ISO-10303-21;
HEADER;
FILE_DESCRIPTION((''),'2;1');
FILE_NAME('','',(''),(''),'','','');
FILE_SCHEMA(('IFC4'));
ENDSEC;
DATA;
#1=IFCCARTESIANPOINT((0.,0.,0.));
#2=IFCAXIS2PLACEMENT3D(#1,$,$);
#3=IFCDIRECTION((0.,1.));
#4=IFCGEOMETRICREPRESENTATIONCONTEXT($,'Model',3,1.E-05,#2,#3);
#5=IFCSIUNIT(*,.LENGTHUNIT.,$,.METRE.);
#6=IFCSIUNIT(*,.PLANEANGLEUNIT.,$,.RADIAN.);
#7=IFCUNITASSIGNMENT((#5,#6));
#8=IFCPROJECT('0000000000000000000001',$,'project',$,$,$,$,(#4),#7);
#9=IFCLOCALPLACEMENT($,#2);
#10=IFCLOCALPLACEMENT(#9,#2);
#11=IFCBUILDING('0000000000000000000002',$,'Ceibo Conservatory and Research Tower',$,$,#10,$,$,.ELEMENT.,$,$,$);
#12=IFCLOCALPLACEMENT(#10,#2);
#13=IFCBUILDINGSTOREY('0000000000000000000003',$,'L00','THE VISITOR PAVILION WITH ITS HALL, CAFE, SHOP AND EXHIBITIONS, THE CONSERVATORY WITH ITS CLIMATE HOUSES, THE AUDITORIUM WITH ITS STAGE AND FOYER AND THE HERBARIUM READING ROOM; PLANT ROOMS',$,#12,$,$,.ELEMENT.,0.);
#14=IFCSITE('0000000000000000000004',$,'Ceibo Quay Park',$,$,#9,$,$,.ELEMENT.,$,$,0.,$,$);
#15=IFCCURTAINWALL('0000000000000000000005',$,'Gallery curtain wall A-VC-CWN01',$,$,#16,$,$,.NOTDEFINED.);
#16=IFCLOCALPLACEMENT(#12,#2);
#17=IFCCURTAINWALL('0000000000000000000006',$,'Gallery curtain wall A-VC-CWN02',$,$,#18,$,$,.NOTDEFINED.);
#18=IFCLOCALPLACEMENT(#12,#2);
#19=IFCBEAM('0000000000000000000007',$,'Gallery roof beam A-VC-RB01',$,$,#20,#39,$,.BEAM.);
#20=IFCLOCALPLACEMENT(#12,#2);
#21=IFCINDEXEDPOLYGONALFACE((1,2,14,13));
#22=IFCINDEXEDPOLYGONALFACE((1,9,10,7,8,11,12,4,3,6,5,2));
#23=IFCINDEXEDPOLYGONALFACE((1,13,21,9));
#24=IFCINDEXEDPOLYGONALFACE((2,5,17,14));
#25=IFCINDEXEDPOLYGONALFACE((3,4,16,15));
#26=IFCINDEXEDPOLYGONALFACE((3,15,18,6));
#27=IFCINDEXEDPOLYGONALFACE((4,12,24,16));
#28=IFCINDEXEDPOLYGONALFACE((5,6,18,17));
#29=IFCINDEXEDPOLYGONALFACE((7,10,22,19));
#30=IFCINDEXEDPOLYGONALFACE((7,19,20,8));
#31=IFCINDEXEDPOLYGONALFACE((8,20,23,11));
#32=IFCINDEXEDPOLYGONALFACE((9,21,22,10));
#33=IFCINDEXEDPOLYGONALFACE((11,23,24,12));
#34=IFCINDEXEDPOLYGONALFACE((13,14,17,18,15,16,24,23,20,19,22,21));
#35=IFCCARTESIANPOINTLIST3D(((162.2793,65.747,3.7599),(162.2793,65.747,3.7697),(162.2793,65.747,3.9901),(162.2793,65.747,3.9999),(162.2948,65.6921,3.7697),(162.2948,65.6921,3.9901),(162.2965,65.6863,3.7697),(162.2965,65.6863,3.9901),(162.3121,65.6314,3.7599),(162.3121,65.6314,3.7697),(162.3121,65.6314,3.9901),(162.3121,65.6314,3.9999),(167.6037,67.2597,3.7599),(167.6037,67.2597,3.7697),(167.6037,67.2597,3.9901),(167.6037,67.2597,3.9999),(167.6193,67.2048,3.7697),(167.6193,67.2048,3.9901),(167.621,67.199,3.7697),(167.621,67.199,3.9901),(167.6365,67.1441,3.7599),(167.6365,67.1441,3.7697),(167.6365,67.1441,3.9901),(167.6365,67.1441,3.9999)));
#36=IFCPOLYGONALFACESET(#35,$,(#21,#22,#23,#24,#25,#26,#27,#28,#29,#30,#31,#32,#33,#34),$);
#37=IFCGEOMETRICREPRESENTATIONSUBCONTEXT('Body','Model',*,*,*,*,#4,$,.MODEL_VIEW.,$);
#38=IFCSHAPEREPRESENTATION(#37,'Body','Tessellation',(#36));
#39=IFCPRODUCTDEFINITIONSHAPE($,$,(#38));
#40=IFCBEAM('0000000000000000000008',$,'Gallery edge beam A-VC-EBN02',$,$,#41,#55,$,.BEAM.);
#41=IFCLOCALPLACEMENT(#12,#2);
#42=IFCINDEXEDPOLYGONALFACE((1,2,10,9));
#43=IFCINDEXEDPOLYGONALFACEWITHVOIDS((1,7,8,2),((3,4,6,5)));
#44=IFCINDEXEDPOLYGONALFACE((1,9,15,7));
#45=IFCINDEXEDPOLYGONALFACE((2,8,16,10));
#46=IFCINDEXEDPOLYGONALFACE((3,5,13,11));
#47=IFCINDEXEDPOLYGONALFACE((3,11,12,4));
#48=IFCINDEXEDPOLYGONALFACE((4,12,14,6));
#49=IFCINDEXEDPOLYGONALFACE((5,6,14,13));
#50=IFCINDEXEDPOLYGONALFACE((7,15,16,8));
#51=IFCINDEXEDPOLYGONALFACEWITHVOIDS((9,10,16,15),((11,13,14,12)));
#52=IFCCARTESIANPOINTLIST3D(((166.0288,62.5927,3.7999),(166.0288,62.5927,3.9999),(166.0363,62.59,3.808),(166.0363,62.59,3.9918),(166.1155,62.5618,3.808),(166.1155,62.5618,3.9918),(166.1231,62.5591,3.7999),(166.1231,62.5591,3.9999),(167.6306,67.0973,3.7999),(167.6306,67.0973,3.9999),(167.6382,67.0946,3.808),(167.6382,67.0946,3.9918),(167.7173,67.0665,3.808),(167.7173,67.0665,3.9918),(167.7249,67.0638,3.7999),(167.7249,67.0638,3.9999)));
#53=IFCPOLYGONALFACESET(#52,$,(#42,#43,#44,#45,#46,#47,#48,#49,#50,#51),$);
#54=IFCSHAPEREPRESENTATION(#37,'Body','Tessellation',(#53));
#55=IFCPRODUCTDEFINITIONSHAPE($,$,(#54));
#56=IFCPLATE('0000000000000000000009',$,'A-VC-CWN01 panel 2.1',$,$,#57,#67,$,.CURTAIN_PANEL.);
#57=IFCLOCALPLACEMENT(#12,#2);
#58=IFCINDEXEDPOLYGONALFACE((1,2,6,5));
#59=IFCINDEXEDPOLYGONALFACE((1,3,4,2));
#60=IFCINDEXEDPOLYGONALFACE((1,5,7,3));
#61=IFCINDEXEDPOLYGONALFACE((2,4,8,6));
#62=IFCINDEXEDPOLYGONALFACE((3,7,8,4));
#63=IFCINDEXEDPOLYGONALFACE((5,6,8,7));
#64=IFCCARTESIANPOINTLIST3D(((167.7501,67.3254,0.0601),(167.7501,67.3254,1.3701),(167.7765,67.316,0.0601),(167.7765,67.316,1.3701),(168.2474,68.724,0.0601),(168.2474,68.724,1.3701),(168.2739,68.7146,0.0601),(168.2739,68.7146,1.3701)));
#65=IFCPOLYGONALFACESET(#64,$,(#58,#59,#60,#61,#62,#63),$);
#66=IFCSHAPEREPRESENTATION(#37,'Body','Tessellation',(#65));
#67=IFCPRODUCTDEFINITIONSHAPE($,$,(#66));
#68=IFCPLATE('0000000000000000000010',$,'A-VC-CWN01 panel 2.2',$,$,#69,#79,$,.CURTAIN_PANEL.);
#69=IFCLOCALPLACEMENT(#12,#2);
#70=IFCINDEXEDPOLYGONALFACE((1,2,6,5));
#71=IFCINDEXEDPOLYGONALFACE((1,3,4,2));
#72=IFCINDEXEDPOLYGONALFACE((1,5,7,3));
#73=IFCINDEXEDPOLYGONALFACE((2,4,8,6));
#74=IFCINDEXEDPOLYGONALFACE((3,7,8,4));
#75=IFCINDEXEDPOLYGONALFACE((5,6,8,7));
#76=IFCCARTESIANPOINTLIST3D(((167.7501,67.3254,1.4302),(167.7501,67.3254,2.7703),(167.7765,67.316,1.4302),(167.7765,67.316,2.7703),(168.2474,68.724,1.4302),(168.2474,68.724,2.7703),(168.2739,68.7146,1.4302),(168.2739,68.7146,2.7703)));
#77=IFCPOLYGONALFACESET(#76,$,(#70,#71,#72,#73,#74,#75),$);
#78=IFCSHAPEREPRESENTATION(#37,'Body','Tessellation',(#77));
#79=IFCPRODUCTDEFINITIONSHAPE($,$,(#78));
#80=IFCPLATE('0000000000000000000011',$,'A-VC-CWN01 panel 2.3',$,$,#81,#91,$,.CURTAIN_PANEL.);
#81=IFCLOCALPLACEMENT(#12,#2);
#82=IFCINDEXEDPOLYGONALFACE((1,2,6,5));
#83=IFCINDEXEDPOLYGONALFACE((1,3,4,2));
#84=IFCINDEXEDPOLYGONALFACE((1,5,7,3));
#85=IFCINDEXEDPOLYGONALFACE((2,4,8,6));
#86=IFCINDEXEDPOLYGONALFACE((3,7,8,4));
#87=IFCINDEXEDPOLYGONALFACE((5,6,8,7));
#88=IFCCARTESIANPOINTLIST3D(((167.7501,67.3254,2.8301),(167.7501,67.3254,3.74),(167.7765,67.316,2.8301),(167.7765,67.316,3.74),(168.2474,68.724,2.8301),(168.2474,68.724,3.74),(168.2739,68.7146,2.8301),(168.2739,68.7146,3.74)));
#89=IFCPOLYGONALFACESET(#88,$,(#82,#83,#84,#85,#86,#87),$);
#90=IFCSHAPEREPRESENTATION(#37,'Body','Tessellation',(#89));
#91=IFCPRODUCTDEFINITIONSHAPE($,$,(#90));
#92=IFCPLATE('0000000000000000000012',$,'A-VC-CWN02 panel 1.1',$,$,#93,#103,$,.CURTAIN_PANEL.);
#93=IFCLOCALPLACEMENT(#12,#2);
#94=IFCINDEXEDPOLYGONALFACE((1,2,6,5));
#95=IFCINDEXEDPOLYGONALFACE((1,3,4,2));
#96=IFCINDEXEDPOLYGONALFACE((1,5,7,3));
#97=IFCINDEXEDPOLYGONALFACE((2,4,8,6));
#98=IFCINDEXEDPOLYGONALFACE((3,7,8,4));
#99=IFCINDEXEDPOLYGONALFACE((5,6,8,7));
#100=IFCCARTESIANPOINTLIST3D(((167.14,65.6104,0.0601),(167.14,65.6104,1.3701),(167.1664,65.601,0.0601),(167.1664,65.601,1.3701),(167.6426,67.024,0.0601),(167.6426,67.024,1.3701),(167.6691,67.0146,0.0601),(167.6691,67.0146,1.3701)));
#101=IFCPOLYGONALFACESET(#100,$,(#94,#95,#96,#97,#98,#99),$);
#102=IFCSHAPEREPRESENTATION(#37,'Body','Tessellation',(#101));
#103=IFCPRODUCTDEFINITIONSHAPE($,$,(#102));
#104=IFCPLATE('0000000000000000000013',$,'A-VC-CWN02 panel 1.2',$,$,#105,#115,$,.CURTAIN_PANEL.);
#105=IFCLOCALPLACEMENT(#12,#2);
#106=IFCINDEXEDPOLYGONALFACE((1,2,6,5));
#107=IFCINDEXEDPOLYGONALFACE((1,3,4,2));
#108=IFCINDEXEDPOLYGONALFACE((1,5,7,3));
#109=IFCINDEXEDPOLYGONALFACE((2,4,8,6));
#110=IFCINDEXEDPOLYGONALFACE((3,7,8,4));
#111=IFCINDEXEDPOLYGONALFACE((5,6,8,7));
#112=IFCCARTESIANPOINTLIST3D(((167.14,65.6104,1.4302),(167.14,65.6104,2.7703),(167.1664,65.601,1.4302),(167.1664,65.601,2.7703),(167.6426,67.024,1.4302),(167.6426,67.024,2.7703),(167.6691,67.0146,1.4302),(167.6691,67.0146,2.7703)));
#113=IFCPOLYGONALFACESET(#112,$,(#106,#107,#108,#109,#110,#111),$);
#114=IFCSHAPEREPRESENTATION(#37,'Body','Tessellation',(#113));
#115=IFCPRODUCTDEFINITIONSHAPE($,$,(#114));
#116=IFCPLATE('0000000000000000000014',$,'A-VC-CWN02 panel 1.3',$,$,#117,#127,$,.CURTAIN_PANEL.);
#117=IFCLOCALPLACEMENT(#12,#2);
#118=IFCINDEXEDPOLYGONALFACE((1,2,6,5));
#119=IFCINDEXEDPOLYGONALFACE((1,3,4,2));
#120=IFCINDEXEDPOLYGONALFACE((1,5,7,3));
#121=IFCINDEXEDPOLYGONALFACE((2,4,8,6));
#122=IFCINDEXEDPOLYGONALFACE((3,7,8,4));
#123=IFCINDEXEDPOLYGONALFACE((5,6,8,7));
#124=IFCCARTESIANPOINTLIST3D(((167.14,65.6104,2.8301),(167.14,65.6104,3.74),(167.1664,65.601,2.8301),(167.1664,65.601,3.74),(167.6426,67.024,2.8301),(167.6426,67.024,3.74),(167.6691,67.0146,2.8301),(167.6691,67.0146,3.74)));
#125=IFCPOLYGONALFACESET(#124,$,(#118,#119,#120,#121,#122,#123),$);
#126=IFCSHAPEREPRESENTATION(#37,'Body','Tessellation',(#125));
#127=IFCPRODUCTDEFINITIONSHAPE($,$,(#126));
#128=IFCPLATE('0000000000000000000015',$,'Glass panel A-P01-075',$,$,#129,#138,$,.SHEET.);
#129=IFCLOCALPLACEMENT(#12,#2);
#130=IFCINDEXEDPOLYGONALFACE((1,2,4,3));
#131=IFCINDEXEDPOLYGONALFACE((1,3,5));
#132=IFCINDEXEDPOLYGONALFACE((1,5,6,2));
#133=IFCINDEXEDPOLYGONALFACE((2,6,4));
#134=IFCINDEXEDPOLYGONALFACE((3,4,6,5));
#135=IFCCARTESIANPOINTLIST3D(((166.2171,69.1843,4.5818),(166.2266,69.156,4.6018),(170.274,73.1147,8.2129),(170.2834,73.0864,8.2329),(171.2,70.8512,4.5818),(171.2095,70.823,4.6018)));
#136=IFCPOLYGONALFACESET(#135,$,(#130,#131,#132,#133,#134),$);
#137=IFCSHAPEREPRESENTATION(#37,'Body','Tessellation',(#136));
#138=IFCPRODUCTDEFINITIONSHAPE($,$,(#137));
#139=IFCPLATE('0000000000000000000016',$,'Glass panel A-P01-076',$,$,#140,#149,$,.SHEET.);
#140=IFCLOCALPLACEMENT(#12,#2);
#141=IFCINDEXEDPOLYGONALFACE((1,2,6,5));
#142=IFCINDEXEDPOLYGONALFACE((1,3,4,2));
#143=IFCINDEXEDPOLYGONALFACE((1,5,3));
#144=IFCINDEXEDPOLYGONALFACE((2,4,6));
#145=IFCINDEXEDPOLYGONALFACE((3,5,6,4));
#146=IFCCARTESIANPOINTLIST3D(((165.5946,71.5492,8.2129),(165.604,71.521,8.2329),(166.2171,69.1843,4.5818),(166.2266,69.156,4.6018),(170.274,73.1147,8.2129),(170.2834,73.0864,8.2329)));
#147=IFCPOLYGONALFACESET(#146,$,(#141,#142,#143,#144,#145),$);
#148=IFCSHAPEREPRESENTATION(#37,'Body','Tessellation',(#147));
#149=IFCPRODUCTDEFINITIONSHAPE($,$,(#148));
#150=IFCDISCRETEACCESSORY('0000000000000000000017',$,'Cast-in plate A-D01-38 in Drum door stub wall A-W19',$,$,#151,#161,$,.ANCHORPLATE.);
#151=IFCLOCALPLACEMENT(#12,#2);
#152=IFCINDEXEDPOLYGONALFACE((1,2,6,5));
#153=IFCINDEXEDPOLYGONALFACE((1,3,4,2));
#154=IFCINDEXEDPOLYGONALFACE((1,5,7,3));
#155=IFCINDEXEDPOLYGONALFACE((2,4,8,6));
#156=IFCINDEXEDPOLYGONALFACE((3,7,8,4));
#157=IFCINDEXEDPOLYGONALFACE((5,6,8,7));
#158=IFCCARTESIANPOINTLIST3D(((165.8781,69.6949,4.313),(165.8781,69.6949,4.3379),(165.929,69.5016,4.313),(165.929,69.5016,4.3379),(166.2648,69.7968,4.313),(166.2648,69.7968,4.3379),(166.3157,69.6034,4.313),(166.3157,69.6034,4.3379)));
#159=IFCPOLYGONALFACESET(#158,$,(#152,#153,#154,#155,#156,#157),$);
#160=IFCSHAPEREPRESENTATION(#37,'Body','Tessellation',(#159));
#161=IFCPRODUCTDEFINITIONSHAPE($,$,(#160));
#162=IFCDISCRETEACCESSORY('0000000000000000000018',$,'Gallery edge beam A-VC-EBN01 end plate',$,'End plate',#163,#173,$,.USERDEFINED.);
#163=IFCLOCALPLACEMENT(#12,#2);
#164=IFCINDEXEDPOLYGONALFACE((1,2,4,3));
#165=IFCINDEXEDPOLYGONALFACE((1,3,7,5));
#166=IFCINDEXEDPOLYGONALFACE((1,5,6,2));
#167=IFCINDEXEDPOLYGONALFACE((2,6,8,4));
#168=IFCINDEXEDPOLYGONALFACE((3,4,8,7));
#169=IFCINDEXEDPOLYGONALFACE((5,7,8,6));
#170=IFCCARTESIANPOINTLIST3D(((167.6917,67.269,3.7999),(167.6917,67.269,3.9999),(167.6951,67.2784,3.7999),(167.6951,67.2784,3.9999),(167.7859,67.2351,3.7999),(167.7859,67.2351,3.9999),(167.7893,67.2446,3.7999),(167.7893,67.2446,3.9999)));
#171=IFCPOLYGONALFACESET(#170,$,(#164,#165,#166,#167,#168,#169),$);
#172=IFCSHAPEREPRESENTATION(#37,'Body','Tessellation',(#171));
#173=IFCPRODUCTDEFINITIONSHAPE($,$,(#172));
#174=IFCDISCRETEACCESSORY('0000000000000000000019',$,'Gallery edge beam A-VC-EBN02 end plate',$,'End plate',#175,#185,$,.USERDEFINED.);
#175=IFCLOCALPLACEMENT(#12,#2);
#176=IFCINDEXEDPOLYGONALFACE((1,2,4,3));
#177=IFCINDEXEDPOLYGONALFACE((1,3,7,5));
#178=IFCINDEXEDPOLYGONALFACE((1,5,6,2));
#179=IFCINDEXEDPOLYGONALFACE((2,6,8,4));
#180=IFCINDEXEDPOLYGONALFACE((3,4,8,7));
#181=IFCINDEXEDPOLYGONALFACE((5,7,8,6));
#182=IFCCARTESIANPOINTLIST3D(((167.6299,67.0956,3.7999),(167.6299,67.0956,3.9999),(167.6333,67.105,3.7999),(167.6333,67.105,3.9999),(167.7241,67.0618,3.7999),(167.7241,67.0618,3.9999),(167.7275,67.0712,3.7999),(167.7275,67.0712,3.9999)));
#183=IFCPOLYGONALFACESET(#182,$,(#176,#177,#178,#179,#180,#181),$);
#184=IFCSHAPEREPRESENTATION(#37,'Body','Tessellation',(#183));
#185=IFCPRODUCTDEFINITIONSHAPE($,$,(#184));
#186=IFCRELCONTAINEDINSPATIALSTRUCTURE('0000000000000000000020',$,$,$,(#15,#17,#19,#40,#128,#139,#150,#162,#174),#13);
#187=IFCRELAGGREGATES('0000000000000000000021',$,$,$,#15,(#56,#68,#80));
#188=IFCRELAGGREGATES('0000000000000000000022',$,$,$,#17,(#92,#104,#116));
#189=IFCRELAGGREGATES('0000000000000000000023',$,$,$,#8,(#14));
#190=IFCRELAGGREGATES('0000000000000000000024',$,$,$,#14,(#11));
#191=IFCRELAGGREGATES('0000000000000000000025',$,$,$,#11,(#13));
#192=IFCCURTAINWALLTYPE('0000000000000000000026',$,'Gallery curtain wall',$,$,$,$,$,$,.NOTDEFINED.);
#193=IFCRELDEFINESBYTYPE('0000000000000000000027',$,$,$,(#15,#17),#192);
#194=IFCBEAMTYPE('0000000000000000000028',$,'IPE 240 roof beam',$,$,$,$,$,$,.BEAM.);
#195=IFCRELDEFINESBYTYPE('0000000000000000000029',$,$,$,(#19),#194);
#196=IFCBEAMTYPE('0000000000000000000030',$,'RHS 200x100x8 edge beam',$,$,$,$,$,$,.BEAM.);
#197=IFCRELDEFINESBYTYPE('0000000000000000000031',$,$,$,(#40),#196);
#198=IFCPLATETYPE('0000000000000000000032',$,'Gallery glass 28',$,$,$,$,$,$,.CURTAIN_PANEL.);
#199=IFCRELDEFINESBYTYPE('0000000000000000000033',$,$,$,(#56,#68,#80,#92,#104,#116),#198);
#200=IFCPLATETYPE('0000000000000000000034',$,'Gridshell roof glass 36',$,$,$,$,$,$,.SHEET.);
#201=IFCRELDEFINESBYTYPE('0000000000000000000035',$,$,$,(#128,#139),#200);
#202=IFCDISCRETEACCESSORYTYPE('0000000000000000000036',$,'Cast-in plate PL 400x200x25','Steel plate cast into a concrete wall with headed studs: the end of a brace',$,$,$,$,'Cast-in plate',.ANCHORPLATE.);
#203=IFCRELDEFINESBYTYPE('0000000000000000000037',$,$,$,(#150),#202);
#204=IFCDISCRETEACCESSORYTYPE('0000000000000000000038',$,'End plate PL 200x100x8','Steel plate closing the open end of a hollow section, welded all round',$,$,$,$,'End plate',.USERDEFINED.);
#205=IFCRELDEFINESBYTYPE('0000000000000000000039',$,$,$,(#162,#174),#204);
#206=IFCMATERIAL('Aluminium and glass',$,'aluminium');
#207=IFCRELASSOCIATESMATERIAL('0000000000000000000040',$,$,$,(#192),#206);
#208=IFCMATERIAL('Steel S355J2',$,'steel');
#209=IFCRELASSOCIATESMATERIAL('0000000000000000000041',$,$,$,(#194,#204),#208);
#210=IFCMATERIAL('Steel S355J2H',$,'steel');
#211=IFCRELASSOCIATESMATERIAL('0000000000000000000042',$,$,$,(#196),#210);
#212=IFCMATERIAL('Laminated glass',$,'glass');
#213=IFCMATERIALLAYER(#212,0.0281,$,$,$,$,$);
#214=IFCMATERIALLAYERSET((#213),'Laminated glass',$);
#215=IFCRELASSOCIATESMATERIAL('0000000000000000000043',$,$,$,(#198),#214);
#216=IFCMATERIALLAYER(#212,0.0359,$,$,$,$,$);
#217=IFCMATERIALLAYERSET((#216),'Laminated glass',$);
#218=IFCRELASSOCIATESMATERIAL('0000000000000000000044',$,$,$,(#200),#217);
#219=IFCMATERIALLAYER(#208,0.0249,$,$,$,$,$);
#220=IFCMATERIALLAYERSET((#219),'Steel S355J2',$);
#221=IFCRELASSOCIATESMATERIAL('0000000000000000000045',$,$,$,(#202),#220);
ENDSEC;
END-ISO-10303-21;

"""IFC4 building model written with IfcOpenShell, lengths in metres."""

from ifc_helpers import new_model, si_unit, direction, frame, origin, origin_2d, place, context, subcontext, project, spatial, polyline, rectangle, hollow_rectangle, i_section, outline, extrude, material, layer, layer_set, material_profile, profile_set, type_object, element, aggregate, save


model = new_model("IFC4")

# Units and contexts
model_context = context("Model", 3, precision=1e-05, world=origin(), true_north=direction((0.0, 1.0)))
body_context = subcontext(model_context, "Body", "Model", "MODEL_VIEW")
ifc_project = project(units=[si_unit("LENGTHUNIT", "METRE"), si_unit("PLANEANGLEUNIT", "RADIAN")], contexts=[model_context])

# Site, building, storey
site_placement = place(None, origin())
site = spatial("IfcSite", under=ifc_project, at=site_placement, Name="Ceibo Quay Park", CompositionType="ELEMENT", RefElevation=0.0)
building_placement = place(site_placement, origin())
building = spatial("IfcBuilding", under=site, at=building_placement, Name="Ceibo Conservatory and Research Tower", CompositionType="ELEMENT")
storey_placement = place(building_placement, origin())
storey = spatial("IfcBuildingStorey", under=building, at=storey_placement, Name="L00", Description="THE VISITOR PAVILION WITH ITS HALL, CAFE, SHOP AND EXHIBITIONS, THE CONSERVATORY WITH ITS CLIMATE HOUSES, THE AUDITORIUM WITH ITS STAGE AND FOYER AND THE HERBARIUM READING ROOM; PLANT ROOMS", CompositionType="ELEMENT", Elevation=0.0)

# Shared definitions
ifc_material_1 = material(Name="Steel S355J2H", Category="steel")

# Curtain wall
ifc_material_2 = material(Name="Aluminium and glass", Category="aluminium")
curtain_wall_type = type_object("IfcCurtainWallType", Name="Gallery curtain wall", PredefinedType="NOTDEFINED", material=ifc_material_2)
curtain_wall_1_placement = place(storey_placement, origin())
curtain_wall_1 = element("IfcCurtainWall", 1, at=curtain_wall_1_placement, inside=storey, type_object=curtain_wall_type, Name="Gallery curtain wall A-VC-CWN01", PredefinedType="NOTDEFINED")

# Curtain wall
curtain_wall_2_placement = place(storey_placement, origin())
curtain_wall_2 = element("IfcCurtainWall", 2, at=curtain_wall_2_placement, inside=storey, type_object=curtain_wall_type, Name="Gallery curtain wall A-VC-CWN02", PredefinedType="NOTDEFINED")

# Beams
ifc_material_3 = material(Name="Steel S355J2", Category="steel")
ifc_material_profile_1 = material_profile(ifc_material_3, i_section(OverallWidth=0.1201, OverallDepth=0.24, WebThickness=0.0061, FlangeThickness=0.0098, at=origin_2d()), Name="IPE 240")
ifc_profile_set_1 = profile_set([ifc_material_profile_1], Name="Steel S355J2")
beam_type_1 = type_object("IfcBeamType", Name="IPE 240 roof beam", PredefinedType="BEAM", material=ifc_profile_set_1)
beam_1_placement = place(storey_placement, frame((167.6201, 67.2019, 3.8799), z_axis=(-0.961932, -0.273288, 0.0), x_axis=(0.273288, -0.961932, 0.0)))
element("IfcBeam", 3, at=beam_1_placement, inside=storey, type_object=beam_type_1, Name="Gallery roof beam A-VC-RB01", PredefinedType="BEAM", context=body_context, shape_type="SweptSolid", body=[
    extrude(i_section(OverallWidth=0.1201, OverallDepth=0.24, WebThickness=0.0061, FlangeThickness=0.0098, at=origin_2d()), origin(), (0.0, 0.0, 1.0), 5.5352),
])
ifc_material_profile_2 = material_profile(ifc_material_1, hollow_rectangle(XDim=0.1001, YDim=0.2, WallThickness=0.0081, at=origin_2d()), Name="RHS 200x100x8 edge beam")
ifc_profile_set_2 = profile_set([ifc_material_profile_2], Name="Steel S355J2H")
beam_type_2 = type_object("IfcBeamType", Name="RHS 200x100x8 edge beam", PredefinedType="BEAM", material=ifc_profile_set_2)
beam_2_placement = place(storey_placement, frame((167.6777, 67.0806, 3.8999), z_axis=(-0.335039, -0.942204, 0.0), x_axis=(0.942204, -0.335039, 0.0)))
element("IfcBeam", 4, at=beam_2_placement, inside=storey, type_object=beam_type_2, Name="Gallery edge beam A-VC-EBN02", PredefinedType="BEAM", context=body_context, shape_type="SweptSolid", body=[
    extrude(hollow_rectangle(XDim=0.1001, YDim=0.2, WallThickness=0.0081, at=origin_2d()), origin(), (0.0, 0.0, 1.0), 4.781),
])

# Plates
ifc_material_4 = material(Name="Laminated glass", Category="glass")
ifc_layer_1 = layer(ifc_material_4, 0.0281)
ifc_layer_set_1 = layer_set([ifc_layer_1], Name="Laminated glass")
plate_type_1 = type_object("IfcPlateType", Name="Gallery glass 28", PredefinedType="CURTAIN_PANEL", material=ifc_layer_set_1)
plate_1_placement = place(storey_placement, frame((168.012, 68.02, 0.0601), z_axis=(0.0, 0.0, 1.0), x_axis=(-0.33504, -0.942204, 0.0)))
plate_1 = element("IfcPlate", 5, at=plate_1_placement, type_object=plate_type_1, Name="A-VC-CWN01 panel 2.1", PredefinedType="CURTAIN_PANEL", context=body_context, shape_type="SweptSolid", body=[
    extrude(rectangle(XDim=1.4844, YDim=0.0281, at=origin_2d()), origin(), (0.0, 0.0, 1.0), 1.3101),
])
plate_2_placement = place(storey_placement, frame((168.012, 68.02, 1.4302), z_axis=(0.0, 0.0, 1.0), x_axis=(-0.33504, -0.942204, 0.0)))
plate_2 = element("IfcPlate", 6, at=plate_2_placement, type_object=plate_type_1, Name="A-VC-CWN01 panel 2.2", PredefinedType="CURTAIN_PANEL", context=body_context, shape_type="SweptSolid", body=[
    extrude(rectangle(XDim=1.4844, YDim=0.0281, at=origin_2d()), origin(), (0.0, 0.0, 1.0), 1.3401),
])
plate_3_placement = place(storey_placement, frame((168.012, 68.02, 2.8301), z_axis=(0.0, 0.0, 1.0), x_axis=(-0.33504, -0.942204, 0.0)))
plate_3 = element("IfcPlate", 7, at=plate_3_placement, type_object=plate_type_1, Name="A-VC-CWN01 panel 2.3", PredefinedType="CURTAIN_PANEL", context=body_context, shape_type="SweptSolid", body=[
    extrude(rectangle(XDim=1.4844, YDim=0.0281, at=origin_2d()), origin(), (0.0, 0.0, 1.0), 0.9099),
])
aggregate(curtain_wall_1, [plate_1, plate_2, plate_3])
plate_4_placement = place(storey_placement, frame((167.4045, 66.3125, 0.0601), z_axis=(0.0, 0.0, 1.0), x_axis=(-0.33504, -0.942204, 0.0)))
plate_4 = element("IfcPlate", 8, at=plate_4_placement, type_object=plate_type_1, Name="A-VC-CWN02 panel 1.1", PredefinedType="CURTAIN_PANEL", context=body_context, shape_type="SweptSolid", body=[
    extrude(rectangle(XDim=1.5002, YDim=0.0281, at=origin_2d()), origin(), (0.0, 0.0, 1.0), 1.3101),
])
plate_5_placement = place(storey_placement, frame((167.4045, 66.3125, 1.4302), z_axis=(0.0, 0.0, 1.0), x_axis=(-0.33504, -0.942204, 0.0)))
plate_5 = element("IfcPlate", 9, at=plate_5_placement, type_object=plate_type_1, Name="A-VC-CWN02 panel 1.2", PredefinedType="CURTAIN_PANEL", context=body_context, shape_type="SweptSolid", body=[
    extrude(rectangle(XDim=1.5002, YDim=0.0281, at=origin_2d()), origin(), (0.0, 0.0, 1.0), 1.3401),
])
plate_6_placement = place(storey_placement, frame((167.4045, 66.3125, 2.8301), z_axis=(0.0, 0.0, 1.0), x_axis=(-0.33504, -0.942204, 0.0)))
plate_6 = element("IfcPlate", 10, at=plate_6_placement, type_object=plate_type_1, Name="A-VC-CWN02 panel 1.3", PredefinedType="CURTAIN_PANEL", context=body_context, shape_type="SweptSolid", body=[
    extrude(rectangle(XDim=1.5002, YDim=0.0281, at=origin_2d()), origin(), (0.0, 0.0, 1.0), 0.9099),
])
aggregate(curtain_wall_2, [plate_4, plate_5, plate_6])

# Plates
ifc_layer_2 = layer(ifc_material_4, 0.0359)
ifc_layer_set_2 = layer_set([ifc_layer_2], Name="Laminated glass")
plate_type_2 = type_object("IfcPlateType", Name="Gridshell roof glass 36", PredefinedType="SHEET", material=ifc_layer_set_2)
plate_7_placement = place(storey_placement, frame((166.2266, 69.156, 4.6018), z_axis=(0.263319, -0.787104, 0.55779), x_axis=(0.948339, 0.317259, 0.0)))
element("IfcPlate", 11, at=plate_7_placement, inside=storey, type_object=plate_type_2, Name="Glass panel A-P01-075", PredefinedType="SHEET", context=body_context, shape_type="SweptSolid", body=[
    extrude(outline(polyline([(0.0, 0.0), (5.2544, 0.0), (5.0943, 4.3749), (0.0, 0.0)])), origin(), (0.0, 0.0, -1.0), 0.0359),
])
plate_8_placement = place(storey_placement, frame((166.2266, 69.156, 4.6018), z_axis=(0.263312, -0.787102, 0.557796), x_axis=(0.604151, 0.585318, 0.540744)))
element("IfcPlate", 12, at=plate_8_placement, inside=storey, type_object=plate_type_2, Name="Glass panel A-P01-076", PredefinedType="SHEET", context=body_context, shape_type="SweptSolid", body=[
    extrude(outline(polyline([(0.0, 0.0), (6.715, 0.0), (2.9716, 3.2148), (0.0, 0.0)])), origin(), (0.0, 0.0, -1.0), 0.0359),
])

# Discrete accessories
ifc_layer_3 = layer(ifc_material_3, 0.0249)
ifc_layer_set_3 = layer_set([ifc_layer_3], Name="Steel S355J2")
discrete_accessory_type_1 = type_object("IfcDiscreteAccessoryType", Name="Cast-in plate PL 400x200x25", Description="Steel plate cast into a concrete wall with headed studs: the end of a brace", ElementType="Cast-in plate", PredefinedType="ANCHORPLATE", material=ifc_layer_set_3)
discrete_accessory_1_placement = place(storey_placement, frame((166.0969, 69.6492, 4.313), z_axis=(0.0, 0.0, 1.0), x_axis=(0.967046, 0.254602, 0.0)))
element("IfcDiscreteAccessory", 13, at=discrete_accessory_1_placement, inside=storey, type_object=discrete_accessory_type_1, Name="Cast-in plate A-D01-38 in Drum door stub wall A-W19", PredefinedType="ANCHORPLATE", context=body_context, shape_type="SweptSolid", body=[
    extrude(rectangle(XDim=0.3999, YDim=0.2, at=origin_2d()), origin(), (0.0, 0.0, 1.0), 0.0249),
])
ifc_material_profile_3 = material_profile(ifc_material_3, rectangle(XDim=0.1001, YDim=0.2, at=origin_2d()), Name="End plate PL 200x100x8")
ifc_profile_set_3 = profile_set([ifc_material_profile_3], Name="Steel S355J2")
discrete_accessory_type_2 = type_object("IfcDiscreteAccessoryType", Name="End plate PL 200x100x8", Description="Steel plate closing the open end of a hollow section, welded all round", ElementType="End plate", PredefinedType="USERDEFINED", material=ifc_profile_set_3)
for number, where, z_axis, x_axis, name in (
    (14, (167.7422, 67.2615, 3.8999), (-0.337865, -0.941195, 0.0), (0.941195, -0.337865, 0.0), "Gallery edge beam A-VC-EBN01 end plate"),
    (15, (167.6804, 67.0881, 3.8999), (-0.337865, -0.941195, 0.0), (0.941195, -0.337865, 0.0), "Gallery edge beam A-VC-EBN02 end plate"),
):
    element("IfcDiscreteAccessory", number, at=place(storey_placement, frame(where, z_axis=z_axis, x_axis=x_axis)), inside=storey, type_object=discrete_accessory_type_2, Name=name, ObjectType="End plate", PredefinedType="USERDEFINED", context=body_context, shape_type="SweptSolid", body=[
        extrude(rectangle(XDim=0.1001, YDim=0.2, at=origin_2d()), origin(), (0.0, 0.0, 1.0), 0.01),
    ])

save(model, "model.ifc")
